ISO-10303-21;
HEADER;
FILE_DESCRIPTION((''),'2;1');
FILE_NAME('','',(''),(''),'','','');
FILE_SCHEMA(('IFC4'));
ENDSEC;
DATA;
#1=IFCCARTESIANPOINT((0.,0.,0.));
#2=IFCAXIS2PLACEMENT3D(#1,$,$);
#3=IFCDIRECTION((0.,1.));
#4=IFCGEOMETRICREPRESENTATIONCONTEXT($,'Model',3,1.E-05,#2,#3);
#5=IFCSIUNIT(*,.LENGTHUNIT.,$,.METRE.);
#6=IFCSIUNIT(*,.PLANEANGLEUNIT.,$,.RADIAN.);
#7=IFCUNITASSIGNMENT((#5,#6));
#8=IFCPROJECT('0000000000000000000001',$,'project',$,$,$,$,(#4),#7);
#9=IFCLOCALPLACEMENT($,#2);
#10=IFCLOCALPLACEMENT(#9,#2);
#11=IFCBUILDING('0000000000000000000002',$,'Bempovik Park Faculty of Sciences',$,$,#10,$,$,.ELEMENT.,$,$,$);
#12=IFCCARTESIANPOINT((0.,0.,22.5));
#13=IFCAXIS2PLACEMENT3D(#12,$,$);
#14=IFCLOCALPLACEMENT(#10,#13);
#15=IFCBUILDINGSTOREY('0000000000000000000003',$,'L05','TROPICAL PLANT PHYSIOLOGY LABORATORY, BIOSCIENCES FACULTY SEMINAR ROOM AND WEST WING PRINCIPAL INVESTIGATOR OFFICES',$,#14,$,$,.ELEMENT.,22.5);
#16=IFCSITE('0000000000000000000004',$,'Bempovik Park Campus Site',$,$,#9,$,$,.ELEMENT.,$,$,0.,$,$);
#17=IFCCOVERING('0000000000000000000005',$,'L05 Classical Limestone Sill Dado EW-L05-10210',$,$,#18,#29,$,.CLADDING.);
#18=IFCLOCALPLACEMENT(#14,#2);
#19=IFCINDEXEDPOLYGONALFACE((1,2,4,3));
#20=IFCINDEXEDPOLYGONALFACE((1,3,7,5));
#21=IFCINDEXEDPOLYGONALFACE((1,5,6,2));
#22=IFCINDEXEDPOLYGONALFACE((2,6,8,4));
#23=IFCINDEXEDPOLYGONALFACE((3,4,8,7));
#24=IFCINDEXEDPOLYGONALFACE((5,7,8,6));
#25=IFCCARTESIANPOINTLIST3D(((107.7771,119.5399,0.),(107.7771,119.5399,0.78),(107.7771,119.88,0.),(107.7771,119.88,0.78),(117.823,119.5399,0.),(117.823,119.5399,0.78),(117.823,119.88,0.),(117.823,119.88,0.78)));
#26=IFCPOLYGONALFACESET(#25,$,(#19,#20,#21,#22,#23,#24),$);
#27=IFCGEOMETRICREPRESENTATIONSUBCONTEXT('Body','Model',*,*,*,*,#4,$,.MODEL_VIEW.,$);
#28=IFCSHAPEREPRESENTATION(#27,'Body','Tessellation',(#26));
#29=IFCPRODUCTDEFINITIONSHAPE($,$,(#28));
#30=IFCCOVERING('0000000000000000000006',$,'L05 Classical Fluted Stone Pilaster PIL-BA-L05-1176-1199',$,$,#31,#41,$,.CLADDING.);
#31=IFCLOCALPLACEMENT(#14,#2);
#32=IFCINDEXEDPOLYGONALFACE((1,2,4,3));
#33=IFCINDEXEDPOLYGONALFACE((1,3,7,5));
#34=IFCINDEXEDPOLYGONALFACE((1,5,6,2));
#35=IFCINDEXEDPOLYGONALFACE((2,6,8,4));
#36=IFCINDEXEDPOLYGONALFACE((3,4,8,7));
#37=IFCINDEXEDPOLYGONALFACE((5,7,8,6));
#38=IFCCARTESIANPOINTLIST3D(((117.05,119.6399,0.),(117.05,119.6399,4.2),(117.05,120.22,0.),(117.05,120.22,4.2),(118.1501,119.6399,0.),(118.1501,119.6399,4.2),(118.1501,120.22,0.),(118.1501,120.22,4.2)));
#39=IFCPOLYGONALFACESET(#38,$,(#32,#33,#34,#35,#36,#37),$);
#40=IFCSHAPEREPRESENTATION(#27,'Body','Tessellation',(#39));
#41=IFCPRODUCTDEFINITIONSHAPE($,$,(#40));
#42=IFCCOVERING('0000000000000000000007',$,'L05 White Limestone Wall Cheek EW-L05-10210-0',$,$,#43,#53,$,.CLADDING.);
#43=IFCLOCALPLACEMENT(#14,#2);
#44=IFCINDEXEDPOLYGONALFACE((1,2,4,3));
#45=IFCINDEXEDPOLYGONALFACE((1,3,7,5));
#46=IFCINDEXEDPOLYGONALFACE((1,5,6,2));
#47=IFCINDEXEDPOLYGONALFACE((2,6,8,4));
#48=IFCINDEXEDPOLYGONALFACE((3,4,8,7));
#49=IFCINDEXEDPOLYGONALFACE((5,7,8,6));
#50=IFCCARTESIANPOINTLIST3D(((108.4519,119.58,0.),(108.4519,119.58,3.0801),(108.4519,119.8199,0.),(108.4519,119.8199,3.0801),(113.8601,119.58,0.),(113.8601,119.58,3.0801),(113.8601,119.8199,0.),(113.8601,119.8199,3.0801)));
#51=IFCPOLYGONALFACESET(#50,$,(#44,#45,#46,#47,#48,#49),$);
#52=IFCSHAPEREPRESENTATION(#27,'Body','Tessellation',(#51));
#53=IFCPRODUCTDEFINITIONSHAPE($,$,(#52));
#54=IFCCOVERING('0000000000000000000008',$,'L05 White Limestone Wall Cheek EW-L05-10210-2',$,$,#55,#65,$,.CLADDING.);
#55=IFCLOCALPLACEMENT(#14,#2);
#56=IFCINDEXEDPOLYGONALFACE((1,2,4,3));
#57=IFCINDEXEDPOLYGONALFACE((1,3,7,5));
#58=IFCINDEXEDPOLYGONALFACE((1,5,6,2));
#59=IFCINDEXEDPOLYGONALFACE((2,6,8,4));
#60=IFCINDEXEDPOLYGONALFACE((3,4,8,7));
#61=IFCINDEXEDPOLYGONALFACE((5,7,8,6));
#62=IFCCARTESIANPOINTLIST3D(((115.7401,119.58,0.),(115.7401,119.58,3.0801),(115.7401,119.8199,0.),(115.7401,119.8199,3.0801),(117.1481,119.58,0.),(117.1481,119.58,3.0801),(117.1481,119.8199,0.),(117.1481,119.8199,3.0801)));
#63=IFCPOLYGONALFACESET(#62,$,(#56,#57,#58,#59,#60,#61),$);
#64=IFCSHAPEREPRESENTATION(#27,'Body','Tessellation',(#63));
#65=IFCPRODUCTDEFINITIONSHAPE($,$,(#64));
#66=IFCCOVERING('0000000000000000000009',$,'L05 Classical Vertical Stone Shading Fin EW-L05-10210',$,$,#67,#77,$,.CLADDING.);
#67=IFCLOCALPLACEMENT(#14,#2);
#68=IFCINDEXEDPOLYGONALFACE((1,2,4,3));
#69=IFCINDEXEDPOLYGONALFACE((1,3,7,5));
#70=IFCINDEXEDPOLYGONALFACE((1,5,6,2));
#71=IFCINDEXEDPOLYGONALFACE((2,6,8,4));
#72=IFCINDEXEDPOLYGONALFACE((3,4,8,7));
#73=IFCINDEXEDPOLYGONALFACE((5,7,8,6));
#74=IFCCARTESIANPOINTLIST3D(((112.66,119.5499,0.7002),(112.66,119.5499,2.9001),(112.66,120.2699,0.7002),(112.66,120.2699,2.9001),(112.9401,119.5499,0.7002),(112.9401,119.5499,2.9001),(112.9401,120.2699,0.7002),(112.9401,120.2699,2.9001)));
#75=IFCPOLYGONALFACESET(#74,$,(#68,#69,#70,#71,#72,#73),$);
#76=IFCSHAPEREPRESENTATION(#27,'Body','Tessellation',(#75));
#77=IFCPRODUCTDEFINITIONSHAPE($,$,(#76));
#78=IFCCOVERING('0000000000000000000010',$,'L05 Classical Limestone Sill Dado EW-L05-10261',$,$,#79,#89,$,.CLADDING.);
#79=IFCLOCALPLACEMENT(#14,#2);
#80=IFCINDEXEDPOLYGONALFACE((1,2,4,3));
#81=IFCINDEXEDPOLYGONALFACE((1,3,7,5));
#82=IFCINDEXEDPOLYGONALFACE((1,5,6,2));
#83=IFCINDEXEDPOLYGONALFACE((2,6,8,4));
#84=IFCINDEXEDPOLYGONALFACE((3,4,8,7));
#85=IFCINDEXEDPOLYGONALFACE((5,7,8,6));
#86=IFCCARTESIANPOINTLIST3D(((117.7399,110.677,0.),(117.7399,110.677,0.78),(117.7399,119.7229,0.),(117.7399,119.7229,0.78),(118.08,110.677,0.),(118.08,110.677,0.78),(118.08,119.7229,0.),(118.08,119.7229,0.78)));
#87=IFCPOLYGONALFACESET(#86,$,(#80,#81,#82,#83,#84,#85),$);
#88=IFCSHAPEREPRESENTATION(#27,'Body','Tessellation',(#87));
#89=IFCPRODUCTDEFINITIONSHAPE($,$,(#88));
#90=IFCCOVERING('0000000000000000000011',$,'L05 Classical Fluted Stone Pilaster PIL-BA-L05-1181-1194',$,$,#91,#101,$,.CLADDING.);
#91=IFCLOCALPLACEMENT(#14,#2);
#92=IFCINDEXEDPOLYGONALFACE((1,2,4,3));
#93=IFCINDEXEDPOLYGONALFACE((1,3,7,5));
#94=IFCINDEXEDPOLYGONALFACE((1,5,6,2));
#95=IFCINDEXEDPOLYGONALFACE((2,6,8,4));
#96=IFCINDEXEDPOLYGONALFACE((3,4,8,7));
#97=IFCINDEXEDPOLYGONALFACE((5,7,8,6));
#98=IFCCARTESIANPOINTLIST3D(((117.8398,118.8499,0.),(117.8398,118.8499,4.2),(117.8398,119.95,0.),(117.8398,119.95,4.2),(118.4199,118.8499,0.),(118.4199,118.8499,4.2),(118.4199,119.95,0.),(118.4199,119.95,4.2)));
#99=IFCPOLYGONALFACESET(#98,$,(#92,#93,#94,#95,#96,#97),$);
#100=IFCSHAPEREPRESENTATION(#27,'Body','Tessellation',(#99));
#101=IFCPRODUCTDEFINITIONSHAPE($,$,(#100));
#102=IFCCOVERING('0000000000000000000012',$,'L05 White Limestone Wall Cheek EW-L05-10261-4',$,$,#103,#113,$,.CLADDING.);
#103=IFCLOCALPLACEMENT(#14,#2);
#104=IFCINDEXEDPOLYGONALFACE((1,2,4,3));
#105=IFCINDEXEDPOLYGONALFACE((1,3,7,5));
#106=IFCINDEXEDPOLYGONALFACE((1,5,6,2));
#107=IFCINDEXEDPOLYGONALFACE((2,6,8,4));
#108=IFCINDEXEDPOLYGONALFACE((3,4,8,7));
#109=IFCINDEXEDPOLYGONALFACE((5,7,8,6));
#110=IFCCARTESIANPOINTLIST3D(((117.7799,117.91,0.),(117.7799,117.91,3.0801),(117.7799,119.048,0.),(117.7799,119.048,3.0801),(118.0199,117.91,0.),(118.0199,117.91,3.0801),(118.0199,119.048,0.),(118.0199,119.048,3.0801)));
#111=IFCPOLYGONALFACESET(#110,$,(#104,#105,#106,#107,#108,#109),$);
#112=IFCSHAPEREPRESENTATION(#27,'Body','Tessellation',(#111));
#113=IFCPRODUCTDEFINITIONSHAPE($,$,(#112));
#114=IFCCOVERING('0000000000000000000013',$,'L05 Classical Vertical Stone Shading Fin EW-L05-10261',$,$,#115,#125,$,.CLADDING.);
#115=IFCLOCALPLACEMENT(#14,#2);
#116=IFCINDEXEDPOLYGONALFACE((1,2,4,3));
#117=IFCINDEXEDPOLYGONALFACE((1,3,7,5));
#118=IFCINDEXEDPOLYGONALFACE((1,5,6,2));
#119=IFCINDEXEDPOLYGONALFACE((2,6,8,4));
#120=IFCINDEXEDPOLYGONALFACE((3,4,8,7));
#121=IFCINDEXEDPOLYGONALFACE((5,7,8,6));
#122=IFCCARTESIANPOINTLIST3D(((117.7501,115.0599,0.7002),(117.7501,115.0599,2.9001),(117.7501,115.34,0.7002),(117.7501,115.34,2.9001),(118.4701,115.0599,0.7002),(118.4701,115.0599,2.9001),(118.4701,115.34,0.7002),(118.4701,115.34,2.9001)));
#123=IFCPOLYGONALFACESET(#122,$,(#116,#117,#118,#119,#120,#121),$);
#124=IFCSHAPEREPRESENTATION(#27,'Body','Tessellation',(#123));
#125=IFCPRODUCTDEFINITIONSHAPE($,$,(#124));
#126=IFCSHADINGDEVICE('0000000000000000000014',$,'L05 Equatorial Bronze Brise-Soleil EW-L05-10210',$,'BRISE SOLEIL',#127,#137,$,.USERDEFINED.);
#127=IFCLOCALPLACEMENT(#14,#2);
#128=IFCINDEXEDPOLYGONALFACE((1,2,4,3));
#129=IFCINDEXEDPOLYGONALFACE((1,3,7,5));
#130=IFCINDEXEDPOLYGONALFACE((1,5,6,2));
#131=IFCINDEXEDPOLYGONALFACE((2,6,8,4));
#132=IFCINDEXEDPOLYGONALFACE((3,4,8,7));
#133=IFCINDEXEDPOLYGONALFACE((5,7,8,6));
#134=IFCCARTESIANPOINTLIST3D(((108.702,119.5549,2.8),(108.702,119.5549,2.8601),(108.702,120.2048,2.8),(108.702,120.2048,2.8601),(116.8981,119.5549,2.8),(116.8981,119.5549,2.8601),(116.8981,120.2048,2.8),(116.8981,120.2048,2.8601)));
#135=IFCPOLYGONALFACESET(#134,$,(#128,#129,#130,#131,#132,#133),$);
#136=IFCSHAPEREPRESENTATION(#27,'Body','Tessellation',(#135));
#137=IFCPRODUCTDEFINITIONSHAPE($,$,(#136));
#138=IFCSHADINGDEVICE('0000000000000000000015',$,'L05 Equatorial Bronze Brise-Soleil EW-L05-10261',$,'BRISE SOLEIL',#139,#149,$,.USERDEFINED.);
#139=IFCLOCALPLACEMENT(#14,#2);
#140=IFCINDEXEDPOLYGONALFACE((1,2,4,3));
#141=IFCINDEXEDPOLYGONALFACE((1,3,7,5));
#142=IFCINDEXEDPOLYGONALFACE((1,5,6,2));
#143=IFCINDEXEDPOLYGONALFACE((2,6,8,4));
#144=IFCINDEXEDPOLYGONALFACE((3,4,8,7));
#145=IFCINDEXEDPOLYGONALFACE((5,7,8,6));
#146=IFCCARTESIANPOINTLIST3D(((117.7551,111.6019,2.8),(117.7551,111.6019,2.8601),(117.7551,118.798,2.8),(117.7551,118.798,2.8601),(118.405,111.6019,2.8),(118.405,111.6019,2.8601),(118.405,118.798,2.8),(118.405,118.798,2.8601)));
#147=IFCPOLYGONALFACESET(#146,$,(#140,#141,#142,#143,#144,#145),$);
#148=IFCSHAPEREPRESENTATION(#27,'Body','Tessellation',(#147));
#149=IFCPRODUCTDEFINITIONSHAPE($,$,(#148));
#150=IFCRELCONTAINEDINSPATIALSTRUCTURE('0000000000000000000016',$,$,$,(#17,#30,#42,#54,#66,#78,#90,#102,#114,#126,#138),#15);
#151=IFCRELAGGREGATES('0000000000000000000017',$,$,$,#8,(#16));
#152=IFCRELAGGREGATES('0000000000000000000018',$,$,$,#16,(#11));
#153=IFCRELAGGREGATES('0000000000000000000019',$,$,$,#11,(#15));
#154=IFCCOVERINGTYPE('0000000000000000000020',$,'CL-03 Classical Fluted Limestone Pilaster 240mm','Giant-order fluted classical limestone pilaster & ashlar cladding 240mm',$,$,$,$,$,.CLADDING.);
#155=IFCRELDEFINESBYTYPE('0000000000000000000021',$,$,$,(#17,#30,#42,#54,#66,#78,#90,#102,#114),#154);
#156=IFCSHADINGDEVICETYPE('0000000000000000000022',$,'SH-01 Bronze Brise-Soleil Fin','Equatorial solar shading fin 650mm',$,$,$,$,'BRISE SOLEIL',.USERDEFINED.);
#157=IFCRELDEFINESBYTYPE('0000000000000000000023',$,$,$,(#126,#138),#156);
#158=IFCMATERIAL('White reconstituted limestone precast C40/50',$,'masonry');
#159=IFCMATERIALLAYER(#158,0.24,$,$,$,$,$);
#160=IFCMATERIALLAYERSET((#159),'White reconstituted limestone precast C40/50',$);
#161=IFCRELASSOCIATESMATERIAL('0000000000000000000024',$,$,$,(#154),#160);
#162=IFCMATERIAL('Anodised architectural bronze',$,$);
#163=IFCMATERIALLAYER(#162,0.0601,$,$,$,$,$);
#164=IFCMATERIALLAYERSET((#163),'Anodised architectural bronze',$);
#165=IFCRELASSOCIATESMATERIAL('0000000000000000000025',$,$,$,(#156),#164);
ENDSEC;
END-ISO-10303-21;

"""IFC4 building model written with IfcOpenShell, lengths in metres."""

from ifc_helpers import new_model, si_unit, direction, frame, origin, origin_2d, place, context, subcontext, project, spatial, rectangle, extrude, material, layer, layer_set, type_object, element, save


model = new_model("IFC4")

# Units and contexts
model_context = context("Model", 3, precision=1e-05, world=origin(), true_north=direction((0.0, 1.0)))
body_context = subcontext(model_context, "Body", "Model", "MODEL_VIEW")
ifc_project = project(units=[si_unit("LENGTHUNIT", "METRE"), si_unit("PLANEANGLEUNIT", "RADIAN")], contexts=[model_context])

# Site, building, storey
site_placement = place(None, origin())
site = spatial("IfcSite", under=ifc_project, at=site_placement, Name="Bempovik Park Campus Site", CompositionType="ELEMENT", RefElevation=0.0)
building_placement = place(site_placement, origin())
building = spatial("IfcBuilding", under=site, at=building_placement, Name="Bempovik Park Faculty of Sciences", CompositionType="ELEMENT")
storey_placement = place(building_placement, frame((0.0, 0.0, 22.5)))
storey = spatial("IfcBuildingStorey", under=building, at=storey_placement, Name="L05", Description="TROPICAL PLANT PHYSIOLOGY LABORATORY, BIOSCIENCES FACULTY SEMINAR ROOM AND WEST WING PRINCIPAL INVESTIGATOR OFFICES", CompositionType="ELEMENT", Elevation=22.5)

# Coverings
ifc_material_1 = material(Name="White reconstituted limestone precast C40/50", Category="masonry")
ifc_layer_1 = layer(ifc_material_1, 0.24)
ifc_layer_set_1 = layer_set([ifc_layer_1], Name="White reconstituted limestone precast C40/50")
covering_type_1 = type_object("IfcCoveringType", Name="CL-03 Classical Fluted Limestone Pilaster 240mm", Description="Giant-order fluted classical limestone pilaster & ashlar cladding 240mm", PredefinedType="CLADDING", material=ifc_layer_set_1)
covering_1_placement = place(storey_placement, frame((112.8, 119.71, 0.0), z_axis=(0.0, 0.0, 1.0), x_axis=(1.0, 0.0, 0.0)))
element("IfcCovering", 1, at=covering_1_placement, inside=storey, type_object=covering_type_1, Name="L05 Classical Limestone Sill Dado EW-L05-10210", PredefinedType="CLADDING", context=body_context, shape_type="SweptSolid", body=[
    extrude(rectangle(XDim=10.0459, YDim=0.3401, at=origin_2d()), origin(), (0.0, 0.0, 1.0), 0.78),
])
covering_2_placement = place(storey_placement, frame((117.6001, 119.9299, 0.0), z_axis=(0.0, 0.0, 1.0), x_axis=(1.0, 0.0, 0.0)))
element("IfcCovering", 2, at=covering_2_placement, inside=storey, type_object=covering_type_1, Name="L05 Classical Fluted Stone Pilaster PIL-BA-L05-1176-1199", PredefinedType="CLADDING", context=body_context, shape_type="SweptSolid", body=[
    extrude(rectangle(XDim=1.1001, YDim=0.5801, at=origin_2d()), origin(), (0.0, 0.0, 1.0), 4.2),
])
covering_3_placement = place(storey_placement, frame((111.156, 119.7, 0.0), z_axis=(0.0, 0.0, 1.0), x_axis=(1.0, 0.0, 0.0)))
element("IfcCovering", 3, at=covering_3_placement, inside=storey, type_object=covering_type_1, Name="L05 White Limestone Wall Cheek EW-L05-10210-0", PredefinedType="CLADDING", context=body_context, shape_type="SweptSolid", body=[
    extrude(rectangle(XDim=5.4082, YDim=0.24, at=origin_2d()), origin(), (0.0, 0.0, 1.0), 3.0801),
])
covering_4_placement = place(storey_placement, frame((116.4441, 119.7, 0.0), z_axis=(0.0, 0.0, 1.0), x_axis=(1.0, 0.0, 0.0)))
element("IfcCovering", 4, at=covering_4_placement, inside=storey, type_object=covering_type_1, Name="L05 White Limestone Wall Cheek EW-L05-10210-2", PredefinedType="CLADDING", context=body_context, shape_type="SweptSolid", body=[
    extrude(rectangle(XDim=1.408, YDim=0.24, at=origin_2d()), origin(), (0.0, 0.0, 1.0), 3.0801),
])
covering_5_placement = place(storey_placement, frame((112.8, 119.9099, 0.7002), z_axis=(0.0, 0.0, 1.0), x_axis=(1.0, 0.0, 0.0)))
element("IfcCovering", 5, at=covering_5_placement, inside=storey, type_object=covering_type_1, Name="L05 Classical Vertical Stone Shading Fin EW-L05-10210", PredefinedType="CLADDING", context=body_context, shape_type="SweptSolid", body=[
    extrude(rectangle(XDim=0.28, YDim=0.72, at=origin_2d()), origin(), (0.0, 0.0, 1.0), 2.2),
])
covering_6_placement = place(storey_placement, frame((117.9099, 115.2, 0.0), z_axis=(0.0, 0.0, 1.0), x_axis=(1.0, 0.0, 0.0)))
element("IfcCovering", 6, at=covering_6_placement, inside=storey, type_object=covering_type_1, Name="L05 Classical Limestone Sill Dado EW-L05-10261", PredefinedType="CLADDING", context=body_context, shape_type="SweptSolid", body=[
    extrude(rectangle(XDim=0.3401, YDim=9.0459, at=origin_2d()), origin(), (0.0, 0.0, 1.0), 0.78),
])
covering_7_placement = place(storey_placement, frame((118.1299, 119.3999, 0.0), z_axis=(0.0, 0.0, 1.0), x_axis=(1.0, 0.0, 0.0)))
element("IfcCovering", 7, at=covering_7_placement, inside=storey, type_object=covering_type_1, Name="L05 Classical Fluted Stone Pilaster PIL-BA-L05-1181-1194", PredefinedType="CLADDING", context=body_context, shape_type="SweptSolid", body=[
    extrude(rectangle(XDim=0.5801, YDim=1.1001, at=origin_2d()), origin(), (0.0, 0.0, 1.0), 4.2),
])
covering_8_placement = place(storey_placement, frame((117.8999, 118.479, 0.0), z_axis=(0.0, 0.0, 1.0), x_axis=(1.0, 0.0, 0.0)))
element("IfcCovering", 8, at=covering_8_placement, inside=storey, type_object=covering_type_1, Name="L05 White Limestone Wall Cheek EW-L05-10261-4", PredefinedType="CLADDING", context=body_context, shape_type="SweptSolid", body=[
    extrude(rectangle(XDim=0.24, YDim=1.1379, at=origin_2d()), origin(), (0.0, 0.0, 1.0), 3.0801),
])
covering_9_placement = place(storey_placement, frame((118.1101, 115.2, 0.7002), z_axis=(0.0, 0.0, 1.0), x_axis=(1.0, 0.0, 0.0)))
element("IfcCovering", 9, at=covering_9_placement, inside=storey, type_object=covering_type_1, Name="L05 Classical Vertical Stone Shading Fin EW-L05-10261", PredefinedType="CLADDING", context=body_context, shape_type="SweptSolid", body=[
    extrude(rectangle(XDim=0.72, YDim=0.28, at=origin_2d()), origin(), (0.0, 0.0, 1.0), 2.2),
])

# Shading devices
ifc_material_2 = material(Name="Anodised architectural bronze")
ifc_layer_2 = layer(ifc_material_2, 0.0601)
ifc_layer_set_2 = layer_set([ifc_layer_2], Name="Anodised architectural bronze")
shading_device_type = type_object("IfcShadingDeviceType", Name="SH-01 Bronze Brise-Soleil Fin", Description="Equatorial solar shading fin 650mm", ElementType="BRISE SOLEIL", PredefinedType="USERDEFINED", material=ifc_layer_set_2)
shading_device_1_placement = place(storey_placement, frame((112.8, 119.8799, 2.8), z_axis=(0.0, 0.0, 1.0), x_axis=(1.0, 0.0, 0.0)))
element("IfcShadingDevice", 10, at=shading_device_1_placement, inside=storey, type_object=shading_device_type, Name="L05 Equatorial Bronze Brise-Soleil EW-L05-10210", ObjectType="BRISE SOLEIL", PredefinedType="USERDEFINED", context=body_context, shape_type="SweptSolid", body=[
    extrude(rectangle(XDim=8.196, YDim=0.6499, at=origin_2d()), origin(), (0.0, 0.0, 1.0), 0.0601),
])
shading_device_2_placement = place(storey_placement, frame((118.0801, 115.2, 2.8), z_axis=(0.0, 0.0, 1.0), x_axis=(1.0, 0.0, 0.0)))
element("IfcShadingDevice", 11, at=shading_device_2_placement, inside=storey, type_object=shading_device_type, Name="L05 Equatorial Bronze Brise-Soleil EW-L05-10261", ObjectType="BRISE SOLEIL", PredefinedType="USERDEFINED", context=body_context, shape_type="SweptSolid", body=[
    extrude(rectangle(XDim=0.6499, YDim=7.196, at=origin_2d()), origin(), (0.0, 0.0, 1.0), 0.0601),
])

save(model, "model.ifc")
